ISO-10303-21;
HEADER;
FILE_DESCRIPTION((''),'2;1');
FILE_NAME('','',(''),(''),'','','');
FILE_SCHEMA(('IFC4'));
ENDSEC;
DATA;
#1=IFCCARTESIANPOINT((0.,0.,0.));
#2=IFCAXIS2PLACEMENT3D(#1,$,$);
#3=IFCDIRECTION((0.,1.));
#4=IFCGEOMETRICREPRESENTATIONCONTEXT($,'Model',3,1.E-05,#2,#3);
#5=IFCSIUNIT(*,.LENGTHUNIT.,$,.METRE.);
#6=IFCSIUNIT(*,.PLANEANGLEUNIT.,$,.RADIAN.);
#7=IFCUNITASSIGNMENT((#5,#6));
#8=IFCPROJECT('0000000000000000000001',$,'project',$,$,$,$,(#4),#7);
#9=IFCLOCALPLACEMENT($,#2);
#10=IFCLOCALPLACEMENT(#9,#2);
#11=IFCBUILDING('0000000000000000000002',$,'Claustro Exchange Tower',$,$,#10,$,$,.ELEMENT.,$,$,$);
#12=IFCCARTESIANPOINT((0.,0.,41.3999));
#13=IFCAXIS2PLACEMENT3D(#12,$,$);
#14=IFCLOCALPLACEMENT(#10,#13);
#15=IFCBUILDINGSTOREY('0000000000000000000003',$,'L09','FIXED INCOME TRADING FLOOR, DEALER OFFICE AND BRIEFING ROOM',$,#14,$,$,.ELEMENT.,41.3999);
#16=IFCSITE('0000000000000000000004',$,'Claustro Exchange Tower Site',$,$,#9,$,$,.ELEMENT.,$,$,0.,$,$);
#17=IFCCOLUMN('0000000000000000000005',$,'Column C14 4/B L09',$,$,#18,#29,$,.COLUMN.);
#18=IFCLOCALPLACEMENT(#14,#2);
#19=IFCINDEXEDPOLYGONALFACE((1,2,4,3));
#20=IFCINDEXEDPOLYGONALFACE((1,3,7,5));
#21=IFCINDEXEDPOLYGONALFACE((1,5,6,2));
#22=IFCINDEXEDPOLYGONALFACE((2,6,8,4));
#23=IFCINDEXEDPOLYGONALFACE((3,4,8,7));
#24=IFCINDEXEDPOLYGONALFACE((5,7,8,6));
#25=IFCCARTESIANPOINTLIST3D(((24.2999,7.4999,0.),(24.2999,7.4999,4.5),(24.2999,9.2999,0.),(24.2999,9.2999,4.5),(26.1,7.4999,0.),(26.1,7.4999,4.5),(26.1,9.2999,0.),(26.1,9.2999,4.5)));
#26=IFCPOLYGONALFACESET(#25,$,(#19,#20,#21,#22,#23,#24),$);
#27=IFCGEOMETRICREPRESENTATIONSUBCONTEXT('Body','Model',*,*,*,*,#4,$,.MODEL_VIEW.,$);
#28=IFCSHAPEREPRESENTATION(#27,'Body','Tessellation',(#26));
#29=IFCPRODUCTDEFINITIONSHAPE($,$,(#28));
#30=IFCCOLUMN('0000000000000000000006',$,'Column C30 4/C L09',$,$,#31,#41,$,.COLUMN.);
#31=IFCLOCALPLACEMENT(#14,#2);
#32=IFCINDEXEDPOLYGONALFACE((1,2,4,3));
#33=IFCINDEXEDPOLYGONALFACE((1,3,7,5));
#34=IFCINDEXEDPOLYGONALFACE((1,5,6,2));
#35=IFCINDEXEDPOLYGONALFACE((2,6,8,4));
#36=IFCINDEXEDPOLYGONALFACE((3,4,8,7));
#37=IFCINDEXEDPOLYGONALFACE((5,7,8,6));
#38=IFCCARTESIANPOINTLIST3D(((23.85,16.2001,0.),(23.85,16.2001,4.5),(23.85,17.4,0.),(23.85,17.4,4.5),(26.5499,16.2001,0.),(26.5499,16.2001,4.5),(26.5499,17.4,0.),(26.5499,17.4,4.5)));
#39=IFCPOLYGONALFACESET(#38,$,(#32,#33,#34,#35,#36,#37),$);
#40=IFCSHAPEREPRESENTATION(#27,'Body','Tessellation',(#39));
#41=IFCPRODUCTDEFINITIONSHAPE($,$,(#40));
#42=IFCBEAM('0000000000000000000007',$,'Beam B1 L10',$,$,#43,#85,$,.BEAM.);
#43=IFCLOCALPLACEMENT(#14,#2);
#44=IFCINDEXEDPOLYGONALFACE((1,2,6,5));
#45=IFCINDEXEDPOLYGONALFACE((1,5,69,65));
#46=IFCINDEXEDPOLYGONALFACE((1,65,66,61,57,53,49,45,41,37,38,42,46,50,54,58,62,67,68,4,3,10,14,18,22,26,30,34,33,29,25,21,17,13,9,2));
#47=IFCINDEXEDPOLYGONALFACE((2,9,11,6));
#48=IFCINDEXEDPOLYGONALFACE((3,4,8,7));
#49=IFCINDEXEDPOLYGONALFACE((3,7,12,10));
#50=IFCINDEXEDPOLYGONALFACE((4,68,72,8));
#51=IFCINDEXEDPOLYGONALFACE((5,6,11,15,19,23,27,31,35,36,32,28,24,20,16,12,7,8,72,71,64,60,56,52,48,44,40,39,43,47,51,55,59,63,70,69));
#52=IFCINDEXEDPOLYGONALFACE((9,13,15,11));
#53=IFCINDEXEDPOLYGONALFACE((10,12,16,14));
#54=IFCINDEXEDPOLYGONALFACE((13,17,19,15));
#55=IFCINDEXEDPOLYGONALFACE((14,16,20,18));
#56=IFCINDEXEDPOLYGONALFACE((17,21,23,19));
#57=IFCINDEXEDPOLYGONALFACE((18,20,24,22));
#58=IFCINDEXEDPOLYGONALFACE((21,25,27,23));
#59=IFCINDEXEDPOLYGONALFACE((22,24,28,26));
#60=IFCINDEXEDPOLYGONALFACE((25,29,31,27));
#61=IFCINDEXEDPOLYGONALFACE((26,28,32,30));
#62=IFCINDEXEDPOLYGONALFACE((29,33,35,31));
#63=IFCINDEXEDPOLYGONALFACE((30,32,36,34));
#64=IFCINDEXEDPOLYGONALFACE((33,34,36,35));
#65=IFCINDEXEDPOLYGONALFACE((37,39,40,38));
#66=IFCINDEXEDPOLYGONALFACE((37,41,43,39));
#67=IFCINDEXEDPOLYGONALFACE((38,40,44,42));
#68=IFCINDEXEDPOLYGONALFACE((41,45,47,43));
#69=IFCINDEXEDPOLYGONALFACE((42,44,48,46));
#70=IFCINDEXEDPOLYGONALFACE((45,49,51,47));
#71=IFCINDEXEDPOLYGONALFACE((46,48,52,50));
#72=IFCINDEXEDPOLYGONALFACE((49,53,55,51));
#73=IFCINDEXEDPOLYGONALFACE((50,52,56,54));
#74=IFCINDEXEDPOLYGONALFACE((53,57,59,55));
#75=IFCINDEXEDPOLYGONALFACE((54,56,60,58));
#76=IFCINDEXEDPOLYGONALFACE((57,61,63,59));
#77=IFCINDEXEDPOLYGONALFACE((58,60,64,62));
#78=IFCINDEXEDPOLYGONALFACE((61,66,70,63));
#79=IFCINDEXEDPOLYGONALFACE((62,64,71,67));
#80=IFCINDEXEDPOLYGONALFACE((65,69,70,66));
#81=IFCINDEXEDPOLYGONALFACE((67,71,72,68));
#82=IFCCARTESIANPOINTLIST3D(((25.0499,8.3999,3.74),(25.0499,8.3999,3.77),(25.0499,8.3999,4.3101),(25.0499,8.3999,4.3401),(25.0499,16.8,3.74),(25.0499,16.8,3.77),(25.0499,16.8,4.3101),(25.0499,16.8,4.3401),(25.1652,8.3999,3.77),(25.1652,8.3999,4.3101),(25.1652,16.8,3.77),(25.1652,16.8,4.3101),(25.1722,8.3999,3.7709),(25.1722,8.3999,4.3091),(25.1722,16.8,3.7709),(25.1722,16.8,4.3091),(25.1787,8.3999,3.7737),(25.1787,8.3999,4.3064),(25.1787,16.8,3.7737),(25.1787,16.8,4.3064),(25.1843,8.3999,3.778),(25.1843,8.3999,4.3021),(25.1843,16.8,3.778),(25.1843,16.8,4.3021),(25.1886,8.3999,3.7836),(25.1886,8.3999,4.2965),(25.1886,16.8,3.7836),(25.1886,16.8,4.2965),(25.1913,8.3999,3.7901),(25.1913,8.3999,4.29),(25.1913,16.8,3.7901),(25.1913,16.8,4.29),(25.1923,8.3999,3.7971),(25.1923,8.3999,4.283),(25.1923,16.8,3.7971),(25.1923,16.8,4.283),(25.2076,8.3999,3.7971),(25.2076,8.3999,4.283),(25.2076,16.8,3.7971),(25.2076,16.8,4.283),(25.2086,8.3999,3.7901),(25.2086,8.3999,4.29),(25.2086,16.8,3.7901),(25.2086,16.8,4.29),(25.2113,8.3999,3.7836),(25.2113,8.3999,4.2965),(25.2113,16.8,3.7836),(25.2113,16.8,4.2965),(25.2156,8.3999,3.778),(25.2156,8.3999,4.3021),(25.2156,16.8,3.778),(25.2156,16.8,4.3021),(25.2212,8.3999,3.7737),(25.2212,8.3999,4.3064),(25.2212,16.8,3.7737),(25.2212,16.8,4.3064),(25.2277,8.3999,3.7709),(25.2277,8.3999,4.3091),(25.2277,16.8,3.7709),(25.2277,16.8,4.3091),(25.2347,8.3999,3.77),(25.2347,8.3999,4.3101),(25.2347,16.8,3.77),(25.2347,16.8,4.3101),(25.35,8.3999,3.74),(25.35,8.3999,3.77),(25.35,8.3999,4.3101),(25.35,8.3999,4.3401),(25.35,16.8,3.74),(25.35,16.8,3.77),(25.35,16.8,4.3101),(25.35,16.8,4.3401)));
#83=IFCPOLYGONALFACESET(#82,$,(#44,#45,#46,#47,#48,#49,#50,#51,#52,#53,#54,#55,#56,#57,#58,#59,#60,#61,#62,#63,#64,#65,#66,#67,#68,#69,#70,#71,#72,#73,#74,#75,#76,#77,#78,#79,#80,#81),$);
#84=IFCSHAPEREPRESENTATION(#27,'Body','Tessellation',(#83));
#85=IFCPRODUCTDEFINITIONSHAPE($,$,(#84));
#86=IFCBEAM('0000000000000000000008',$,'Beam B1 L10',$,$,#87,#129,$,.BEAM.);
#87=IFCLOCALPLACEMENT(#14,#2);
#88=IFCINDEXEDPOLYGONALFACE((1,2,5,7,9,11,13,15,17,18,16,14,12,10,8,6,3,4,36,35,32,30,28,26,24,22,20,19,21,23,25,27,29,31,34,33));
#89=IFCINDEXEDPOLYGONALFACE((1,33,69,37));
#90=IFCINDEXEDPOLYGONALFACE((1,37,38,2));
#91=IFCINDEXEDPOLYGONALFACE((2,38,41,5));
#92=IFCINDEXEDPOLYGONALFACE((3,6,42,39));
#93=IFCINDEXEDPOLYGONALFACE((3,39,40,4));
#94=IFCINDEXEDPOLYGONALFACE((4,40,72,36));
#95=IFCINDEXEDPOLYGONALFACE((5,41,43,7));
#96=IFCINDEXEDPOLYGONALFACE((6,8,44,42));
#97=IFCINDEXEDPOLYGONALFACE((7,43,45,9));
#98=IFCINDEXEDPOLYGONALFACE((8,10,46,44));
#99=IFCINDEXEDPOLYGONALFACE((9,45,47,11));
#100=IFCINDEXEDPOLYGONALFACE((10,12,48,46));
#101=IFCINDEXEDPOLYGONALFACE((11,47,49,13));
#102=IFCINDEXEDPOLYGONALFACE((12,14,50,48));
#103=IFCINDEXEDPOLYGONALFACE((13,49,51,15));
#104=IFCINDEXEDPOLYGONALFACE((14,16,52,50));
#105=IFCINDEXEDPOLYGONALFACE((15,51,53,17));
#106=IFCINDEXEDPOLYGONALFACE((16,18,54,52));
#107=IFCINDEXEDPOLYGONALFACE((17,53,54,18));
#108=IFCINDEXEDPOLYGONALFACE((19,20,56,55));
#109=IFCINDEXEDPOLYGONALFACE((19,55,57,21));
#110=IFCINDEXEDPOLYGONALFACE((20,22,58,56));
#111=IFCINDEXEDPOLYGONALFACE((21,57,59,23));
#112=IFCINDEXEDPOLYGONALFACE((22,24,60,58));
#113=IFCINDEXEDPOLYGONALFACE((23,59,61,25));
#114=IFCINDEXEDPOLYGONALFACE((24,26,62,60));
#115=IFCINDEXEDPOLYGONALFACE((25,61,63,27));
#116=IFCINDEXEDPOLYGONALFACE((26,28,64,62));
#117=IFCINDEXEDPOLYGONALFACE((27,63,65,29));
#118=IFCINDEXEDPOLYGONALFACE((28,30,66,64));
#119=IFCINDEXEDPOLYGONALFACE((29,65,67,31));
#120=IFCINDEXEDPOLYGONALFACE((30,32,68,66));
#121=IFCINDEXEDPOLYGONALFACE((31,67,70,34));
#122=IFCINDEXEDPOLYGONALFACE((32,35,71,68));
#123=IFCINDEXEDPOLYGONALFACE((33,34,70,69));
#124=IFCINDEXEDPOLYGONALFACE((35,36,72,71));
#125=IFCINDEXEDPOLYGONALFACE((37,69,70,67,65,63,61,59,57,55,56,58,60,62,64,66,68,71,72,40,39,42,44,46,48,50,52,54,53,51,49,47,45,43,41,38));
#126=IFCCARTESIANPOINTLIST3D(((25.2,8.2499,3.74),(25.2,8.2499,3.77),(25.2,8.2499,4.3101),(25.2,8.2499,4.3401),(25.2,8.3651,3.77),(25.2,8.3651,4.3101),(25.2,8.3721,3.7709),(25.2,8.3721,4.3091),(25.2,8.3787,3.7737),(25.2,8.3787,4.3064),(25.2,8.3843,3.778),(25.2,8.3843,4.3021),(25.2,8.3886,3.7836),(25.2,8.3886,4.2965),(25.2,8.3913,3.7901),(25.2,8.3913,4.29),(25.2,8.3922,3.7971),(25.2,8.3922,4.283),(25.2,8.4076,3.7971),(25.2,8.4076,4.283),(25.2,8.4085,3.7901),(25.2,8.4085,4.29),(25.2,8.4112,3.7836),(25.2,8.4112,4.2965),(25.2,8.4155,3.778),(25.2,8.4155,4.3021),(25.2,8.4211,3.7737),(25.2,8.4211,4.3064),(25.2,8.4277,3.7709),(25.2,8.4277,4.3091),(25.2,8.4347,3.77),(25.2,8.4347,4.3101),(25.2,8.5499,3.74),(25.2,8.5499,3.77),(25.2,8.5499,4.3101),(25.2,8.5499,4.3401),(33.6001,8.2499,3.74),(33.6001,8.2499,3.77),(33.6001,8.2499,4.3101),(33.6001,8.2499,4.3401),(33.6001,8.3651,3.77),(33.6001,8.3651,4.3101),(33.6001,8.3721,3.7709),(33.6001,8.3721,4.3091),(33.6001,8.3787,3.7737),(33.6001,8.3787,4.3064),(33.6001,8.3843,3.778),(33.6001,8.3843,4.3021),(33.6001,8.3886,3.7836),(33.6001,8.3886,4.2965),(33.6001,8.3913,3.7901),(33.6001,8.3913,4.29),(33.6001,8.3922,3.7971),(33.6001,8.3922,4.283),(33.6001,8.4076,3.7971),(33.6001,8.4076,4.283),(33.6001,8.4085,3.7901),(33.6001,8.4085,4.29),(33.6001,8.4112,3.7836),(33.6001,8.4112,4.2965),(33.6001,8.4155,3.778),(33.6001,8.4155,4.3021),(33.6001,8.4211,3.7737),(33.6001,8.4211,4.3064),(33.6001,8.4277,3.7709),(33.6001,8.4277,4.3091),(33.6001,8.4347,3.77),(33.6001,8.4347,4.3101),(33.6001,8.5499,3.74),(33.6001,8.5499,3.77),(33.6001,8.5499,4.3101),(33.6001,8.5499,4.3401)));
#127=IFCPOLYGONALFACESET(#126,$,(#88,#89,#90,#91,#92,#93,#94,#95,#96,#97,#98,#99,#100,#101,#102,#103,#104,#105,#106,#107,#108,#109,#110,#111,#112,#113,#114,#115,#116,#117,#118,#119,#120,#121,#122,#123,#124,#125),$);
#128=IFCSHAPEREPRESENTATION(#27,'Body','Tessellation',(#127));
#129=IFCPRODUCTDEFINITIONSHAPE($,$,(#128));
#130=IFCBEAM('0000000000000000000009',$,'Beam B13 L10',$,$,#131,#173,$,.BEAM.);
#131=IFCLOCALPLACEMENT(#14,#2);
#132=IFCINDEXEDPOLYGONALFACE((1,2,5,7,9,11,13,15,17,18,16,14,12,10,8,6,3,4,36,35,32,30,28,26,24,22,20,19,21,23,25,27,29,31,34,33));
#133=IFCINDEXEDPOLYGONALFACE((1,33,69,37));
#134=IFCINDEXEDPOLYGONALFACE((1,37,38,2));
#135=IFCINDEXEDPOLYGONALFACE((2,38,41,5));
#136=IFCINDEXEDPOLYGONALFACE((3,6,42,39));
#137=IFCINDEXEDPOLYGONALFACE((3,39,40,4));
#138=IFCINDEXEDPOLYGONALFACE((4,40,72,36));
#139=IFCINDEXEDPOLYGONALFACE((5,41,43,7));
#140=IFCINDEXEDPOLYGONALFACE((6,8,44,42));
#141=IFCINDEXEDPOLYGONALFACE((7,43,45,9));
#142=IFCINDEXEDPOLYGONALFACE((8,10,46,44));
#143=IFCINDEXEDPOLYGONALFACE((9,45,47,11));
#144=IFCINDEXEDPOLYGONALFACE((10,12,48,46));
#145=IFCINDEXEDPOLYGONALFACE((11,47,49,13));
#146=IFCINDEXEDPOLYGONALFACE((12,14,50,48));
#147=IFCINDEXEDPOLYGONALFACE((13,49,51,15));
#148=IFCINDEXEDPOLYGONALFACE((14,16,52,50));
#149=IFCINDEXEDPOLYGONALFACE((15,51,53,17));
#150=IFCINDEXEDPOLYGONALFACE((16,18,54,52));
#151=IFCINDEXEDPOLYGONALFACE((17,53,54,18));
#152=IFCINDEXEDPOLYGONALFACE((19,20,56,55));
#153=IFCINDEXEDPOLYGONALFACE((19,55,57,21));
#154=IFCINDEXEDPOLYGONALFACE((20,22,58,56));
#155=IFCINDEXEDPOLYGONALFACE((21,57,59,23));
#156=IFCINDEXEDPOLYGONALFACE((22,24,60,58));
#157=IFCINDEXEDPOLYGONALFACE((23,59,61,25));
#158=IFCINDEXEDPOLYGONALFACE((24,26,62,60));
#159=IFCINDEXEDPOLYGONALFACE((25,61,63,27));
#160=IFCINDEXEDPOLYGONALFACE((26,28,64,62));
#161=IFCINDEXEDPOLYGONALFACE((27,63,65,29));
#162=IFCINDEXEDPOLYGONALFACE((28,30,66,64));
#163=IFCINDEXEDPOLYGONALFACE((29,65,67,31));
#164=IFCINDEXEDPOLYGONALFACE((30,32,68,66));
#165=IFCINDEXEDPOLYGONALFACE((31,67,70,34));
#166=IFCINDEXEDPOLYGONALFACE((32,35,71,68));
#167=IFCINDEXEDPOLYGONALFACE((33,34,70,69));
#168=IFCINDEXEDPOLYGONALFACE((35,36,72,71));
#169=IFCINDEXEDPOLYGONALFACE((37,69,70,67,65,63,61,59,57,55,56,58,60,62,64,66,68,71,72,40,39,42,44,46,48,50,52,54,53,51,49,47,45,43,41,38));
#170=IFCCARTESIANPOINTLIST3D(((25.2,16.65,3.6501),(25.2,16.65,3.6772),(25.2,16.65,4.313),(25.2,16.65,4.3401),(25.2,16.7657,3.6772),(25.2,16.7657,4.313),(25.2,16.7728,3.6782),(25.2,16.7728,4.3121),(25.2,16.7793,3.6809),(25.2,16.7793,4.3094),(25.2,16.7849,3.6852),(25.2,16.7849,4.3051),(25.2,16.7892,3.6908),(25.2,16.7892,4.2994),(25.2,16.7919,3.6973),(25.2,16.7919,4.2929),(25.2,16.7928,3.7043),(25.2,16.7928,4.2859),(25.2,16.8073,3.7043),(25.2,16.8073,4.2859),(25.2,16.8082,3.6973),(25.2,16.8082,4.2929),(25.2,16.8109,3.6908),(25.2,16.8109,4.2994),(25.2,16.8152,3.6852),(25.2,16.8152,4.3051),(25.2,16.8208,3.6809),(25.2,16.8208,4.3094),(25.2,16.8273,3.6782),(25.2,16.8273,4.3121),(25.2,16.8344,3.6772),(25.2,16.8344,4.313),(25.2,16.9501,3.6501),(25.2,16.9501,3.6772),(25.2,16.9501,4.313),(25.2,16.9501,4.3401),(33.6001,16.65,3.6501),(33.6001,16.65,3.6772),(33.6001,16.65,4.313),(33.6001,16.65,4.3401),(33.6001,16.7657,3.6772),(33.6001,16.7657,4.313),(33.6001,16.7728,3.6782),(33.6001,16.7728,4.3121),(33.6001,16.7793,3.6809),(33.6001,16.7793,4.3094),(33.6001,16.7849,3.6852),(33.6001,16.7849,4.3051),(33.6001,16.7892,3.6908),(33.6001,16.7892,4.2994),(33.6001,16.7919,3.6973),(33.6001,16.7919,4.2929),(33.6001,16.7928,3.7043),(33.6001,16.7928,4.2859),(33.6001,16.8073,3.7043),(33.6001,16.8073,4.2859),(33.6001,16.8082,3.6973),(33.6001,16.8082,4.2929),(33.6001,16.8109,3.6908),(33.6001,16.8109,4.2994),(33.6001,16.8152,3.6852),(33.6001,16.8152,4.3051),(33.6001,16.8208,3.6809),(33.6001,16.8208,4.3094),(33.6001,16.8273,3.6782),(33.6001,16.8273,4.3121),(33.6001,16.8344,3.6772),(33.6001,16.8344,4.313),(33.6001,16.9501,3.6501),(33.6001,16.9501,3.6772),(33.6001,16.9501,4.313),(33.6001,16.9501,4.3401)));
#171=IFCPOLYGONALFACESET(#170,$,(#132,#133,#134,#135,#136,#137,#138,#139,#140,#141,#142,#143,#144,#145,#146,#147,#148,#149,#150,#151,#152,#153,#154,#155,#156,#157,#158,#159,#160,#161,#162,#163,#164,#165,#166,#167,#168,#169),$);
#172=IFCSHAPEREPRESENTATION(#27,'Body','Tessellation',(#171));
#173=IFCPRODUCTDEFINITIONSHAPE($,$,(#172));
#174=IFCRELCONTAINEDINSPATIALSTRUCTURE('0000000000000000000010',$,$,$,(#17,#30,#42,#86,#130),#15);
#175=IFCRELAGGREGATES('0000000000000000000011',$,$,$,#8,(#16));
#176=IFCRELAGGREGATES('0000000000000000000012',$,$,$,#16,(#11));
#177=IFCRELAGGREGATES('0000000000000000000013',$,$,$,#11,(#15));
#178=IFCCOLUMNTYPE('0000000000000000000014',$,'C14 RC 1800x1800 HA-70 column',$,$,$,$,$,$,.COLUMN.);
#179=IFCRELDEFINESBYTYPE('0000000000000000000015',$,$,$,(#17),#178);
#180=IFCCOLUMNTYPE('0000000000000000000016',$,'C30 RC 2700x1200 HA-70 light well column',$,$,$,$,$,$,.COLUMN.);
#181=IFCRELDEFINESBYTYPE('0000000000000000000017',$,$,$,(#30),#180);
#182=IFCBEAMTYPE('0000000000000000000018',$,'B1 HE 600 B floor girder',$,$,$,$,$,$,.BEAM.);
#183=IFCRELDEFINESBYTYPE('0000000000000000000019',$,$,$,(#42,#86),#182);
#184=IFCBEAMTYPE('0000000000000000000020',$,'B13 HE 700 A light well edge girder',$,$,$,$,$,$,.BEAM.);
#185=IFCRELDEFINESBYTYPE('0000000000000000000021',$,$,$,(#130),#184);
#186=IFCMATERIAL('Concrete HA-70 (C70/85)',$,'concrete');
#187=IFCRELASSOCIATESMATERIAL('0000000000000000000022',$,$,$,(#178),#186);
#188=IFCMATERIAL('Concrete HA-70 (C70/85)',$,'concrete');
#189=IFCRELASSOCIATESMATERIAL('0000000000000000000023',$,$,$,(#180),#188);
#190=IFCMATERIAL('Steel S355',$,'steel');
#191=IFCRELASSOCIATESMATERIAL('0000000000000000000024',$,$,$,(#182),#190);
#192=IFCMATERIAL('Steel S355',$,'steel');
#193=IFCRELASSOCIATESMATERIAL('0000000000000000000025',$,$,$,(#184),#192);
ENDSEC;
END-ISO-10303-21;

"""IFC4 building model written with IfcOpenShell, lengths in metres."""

from ifc_helpers import new_model, si_unit, direction, frame, origin, origin_2d, place, context, subcontext, project, spatial, rectangle, i_section, extrude, material, material_profile, profile_set, type_object, element, save


model = new_model("IFC4")

# Units and contexts
model_context = context("Model", 3, precision=1e-05, world=origin(), true_north=direction((0.0, 1.0)))
body_context = subcontext(model_context, "Body", "Model", "MODEL_VIEW")
ifc_project = project(units=[si_unit("LENGTHUNIT", "METRE"), si_unit("PLANEANGLEUNIT", "RADIAN")], contexts=[model_context])

# Site, building, storey
site_placement = place(None, origin())
site = spatial("IfcSite", under=ifc_project, at=site_placement, Name="Claustro Exchange Tower Site", CompositionType="ELEMENT", RefElevation=0.0)
building_placement = place(site_placement, origin())
building = spatial("IfcBuilding", under=site, at=building_placement, Name="Claustro Exchange Tower", CompositionType="ELEMENT")
storey_placement = place(building_placement, frame((0.0, 0.0, 41.3999)))
storey = spatial("IfcBuildingStorey", under=building, at=storey_placement, Name="L09", Description="FIXED INCOME TRADING FLOOR, DEALER OFFICE AND BRIEFING ROOM", CompositionType="ELEMENT", Elevation=41.3999)

# Columns
ifc_material_1 = material(Name="Concrete HA-70 (C70/85)", Category="concrete")
ifc_material_profile_1 = material_profile(ifc_material_1, rectangle(XDim=1.8, YDim=1.8, at=origin_2d()), Name="RC 1800x1800")
ifc_profile_set_1 = profile_set([ifc_material_profile_1], Name="Concrete HA-70 (C70/85)")
column_type_1 = type_object("IfcColumnType", Name="C14 RC 1800x1800 HA-70 column", PredefinedType="COLUMN", material=ifc_profile_set_1)
column_1_placement = place(storey_placement, frame((25.2, 8.3999, 0.0), z_axis=(0.0, 0.0, 1.0), x_axis=(1.0, 0.0, 0.0)))
element("IfcColumn", 1, at=column_1_placement, inside=storey, type_object=column_type_1, Name="Column C14 4/B L09", PredefinedType="COLUMN", context=body_context, shape_type="SweptSolid", body=[
    extrude(rectangle(XDim=1.8, YDim=1.8, at=origin_2d()), origin(), (0.0, 0.0, 1.0), 4.5),
])
ifc_material_2 = material(Name="Concrete HA-70 (C70/85)", Category="concrete")
ifc_material_profile_2 = material_profile(ifc_material_2, rectangle(XDim=2.7, YDim=1.2, at=origin_2d()), Name="RC 2700x1200")
ifc_profile_set_2 = profile_set([ifc_material_profile_2], Name="Concrete HA-70 (C70/85)")
column_type_2 = type_object("IfcColumnType", Name="C30 RC 2700x1200 HA-70 light well column", PredefinedType="COLUMN", material=ifc_profile_set_2)
column_2_placement = place(storey_placement, frame((25.2, 16.8, 0.0), z_axis=(0.0, 0.0, 1.0), x_axis=(1.0, 0.0, 0.0)))
element("IfcColumn", 2, at=column_2_placement, inside=storey, type_object=column_type_2, Name="Column C30 4/C L09", PredefinedType="COLUMN", context=body_context, shape_type="SweptSolid", body=[
    extrude(rectangle(XDim=2.7, YDim=1.2, at=origin_2d()), origin(), (0.0, 0.0, 1.0), 4.5),
])

# Beams
ifc_material_3 = material(Name="Steel S355", Category="steel")
ifc_material_profile_3 = material_profile(ifc_material_3, i_section(OverallWidth=0.3, OverallDepth=0.6001, WebThickness=0.0154, FlangeThickness=0.03, FilletRadius=0.0271, at=origin_2d()), Name="HE 600 B")
ifc_profile_set_3 = profile_set([ifc_material_profile_3], Name="Steel S355")
beam_type_1 = type_object("IfcBeamType", Name="B1 HE 600 B floor girder", PredefinedType="BEAM", material=ifc_profile_set_3)
for number, where, z_axis, x_axis, name in (
    (3, (25.2, 8.3999, 4.04), (0.0, 1.0, 0.0), (-1.0, 0.0, 0.0), "Beam B1 L10"),
    (4, (25.2, 8.3999, 4.04), (1.0, 0.0, 0.0), (0.0, 1.0, 0.0), "Beam B1 L10"),
):
    element("IfcBeam", number, at=place(storey_placement, frame(where, z_axis=z_axis, x_axis=x_axis)), inside=storey, type_object=beam_type_1, Name=name, PredefinedType="BEAM", context=body_context, shape_type="SweptSolid", body=[
        extrude(i_section(OverallWidth=0.3, OverallDepth=0.6001, WebThickness=0.0154, FlangeThickness=0.03, FilletRadius=0.0271, at=origin_2d()), origin(), (0.0, 0.0, 1.0), 8.4001),
    ])
ifc_material_4 = material(Name="Steel S355", Category="steel")
ifc_material_profile_4 = material_profile(ifc_material_4, i_section(OverallWidth=0.3, OverallDepth=0.6899, WebThickness=0.0144, FlangeThickness=0.0271, FilletRadius=0.0271, at=origin_2d()), Name="HE 700 A")
ifc_profile_set_4 = profile_set([ifc_material_profile_4], Name="Steel S355")
beam_type_2 = type_object("IfcBeamType", Name="B13 HE 700 A light well edge girder", PredefinedType="BEAM", material=ifc_profile_set_4)
beam_placement = place(storey_placement, frame((25.2, 16.8, 3.9951), z_axis=(1.0, 0.0, 0.0), x_axis=(0.0, 1.0, 0.0)))
element("IfcBeam", 5, at=beam_placement, inside=storey, type_object=beam_type_2, Name="Beam B13 L10", PredefinedType="BEAM", context=body_context, shape_type="SweptSolid", body=[
    extrude(i_section(OverallWidth=0.3, OverallDepth=0.6899, WebThickness=0.0144, FlangeThickness=0.0271, FilletRadius=0.0271, at=origin_2d()), origin(), (0.0, 0.0, 1.0), 8.4001),
])

save(model, "model.ifc")
